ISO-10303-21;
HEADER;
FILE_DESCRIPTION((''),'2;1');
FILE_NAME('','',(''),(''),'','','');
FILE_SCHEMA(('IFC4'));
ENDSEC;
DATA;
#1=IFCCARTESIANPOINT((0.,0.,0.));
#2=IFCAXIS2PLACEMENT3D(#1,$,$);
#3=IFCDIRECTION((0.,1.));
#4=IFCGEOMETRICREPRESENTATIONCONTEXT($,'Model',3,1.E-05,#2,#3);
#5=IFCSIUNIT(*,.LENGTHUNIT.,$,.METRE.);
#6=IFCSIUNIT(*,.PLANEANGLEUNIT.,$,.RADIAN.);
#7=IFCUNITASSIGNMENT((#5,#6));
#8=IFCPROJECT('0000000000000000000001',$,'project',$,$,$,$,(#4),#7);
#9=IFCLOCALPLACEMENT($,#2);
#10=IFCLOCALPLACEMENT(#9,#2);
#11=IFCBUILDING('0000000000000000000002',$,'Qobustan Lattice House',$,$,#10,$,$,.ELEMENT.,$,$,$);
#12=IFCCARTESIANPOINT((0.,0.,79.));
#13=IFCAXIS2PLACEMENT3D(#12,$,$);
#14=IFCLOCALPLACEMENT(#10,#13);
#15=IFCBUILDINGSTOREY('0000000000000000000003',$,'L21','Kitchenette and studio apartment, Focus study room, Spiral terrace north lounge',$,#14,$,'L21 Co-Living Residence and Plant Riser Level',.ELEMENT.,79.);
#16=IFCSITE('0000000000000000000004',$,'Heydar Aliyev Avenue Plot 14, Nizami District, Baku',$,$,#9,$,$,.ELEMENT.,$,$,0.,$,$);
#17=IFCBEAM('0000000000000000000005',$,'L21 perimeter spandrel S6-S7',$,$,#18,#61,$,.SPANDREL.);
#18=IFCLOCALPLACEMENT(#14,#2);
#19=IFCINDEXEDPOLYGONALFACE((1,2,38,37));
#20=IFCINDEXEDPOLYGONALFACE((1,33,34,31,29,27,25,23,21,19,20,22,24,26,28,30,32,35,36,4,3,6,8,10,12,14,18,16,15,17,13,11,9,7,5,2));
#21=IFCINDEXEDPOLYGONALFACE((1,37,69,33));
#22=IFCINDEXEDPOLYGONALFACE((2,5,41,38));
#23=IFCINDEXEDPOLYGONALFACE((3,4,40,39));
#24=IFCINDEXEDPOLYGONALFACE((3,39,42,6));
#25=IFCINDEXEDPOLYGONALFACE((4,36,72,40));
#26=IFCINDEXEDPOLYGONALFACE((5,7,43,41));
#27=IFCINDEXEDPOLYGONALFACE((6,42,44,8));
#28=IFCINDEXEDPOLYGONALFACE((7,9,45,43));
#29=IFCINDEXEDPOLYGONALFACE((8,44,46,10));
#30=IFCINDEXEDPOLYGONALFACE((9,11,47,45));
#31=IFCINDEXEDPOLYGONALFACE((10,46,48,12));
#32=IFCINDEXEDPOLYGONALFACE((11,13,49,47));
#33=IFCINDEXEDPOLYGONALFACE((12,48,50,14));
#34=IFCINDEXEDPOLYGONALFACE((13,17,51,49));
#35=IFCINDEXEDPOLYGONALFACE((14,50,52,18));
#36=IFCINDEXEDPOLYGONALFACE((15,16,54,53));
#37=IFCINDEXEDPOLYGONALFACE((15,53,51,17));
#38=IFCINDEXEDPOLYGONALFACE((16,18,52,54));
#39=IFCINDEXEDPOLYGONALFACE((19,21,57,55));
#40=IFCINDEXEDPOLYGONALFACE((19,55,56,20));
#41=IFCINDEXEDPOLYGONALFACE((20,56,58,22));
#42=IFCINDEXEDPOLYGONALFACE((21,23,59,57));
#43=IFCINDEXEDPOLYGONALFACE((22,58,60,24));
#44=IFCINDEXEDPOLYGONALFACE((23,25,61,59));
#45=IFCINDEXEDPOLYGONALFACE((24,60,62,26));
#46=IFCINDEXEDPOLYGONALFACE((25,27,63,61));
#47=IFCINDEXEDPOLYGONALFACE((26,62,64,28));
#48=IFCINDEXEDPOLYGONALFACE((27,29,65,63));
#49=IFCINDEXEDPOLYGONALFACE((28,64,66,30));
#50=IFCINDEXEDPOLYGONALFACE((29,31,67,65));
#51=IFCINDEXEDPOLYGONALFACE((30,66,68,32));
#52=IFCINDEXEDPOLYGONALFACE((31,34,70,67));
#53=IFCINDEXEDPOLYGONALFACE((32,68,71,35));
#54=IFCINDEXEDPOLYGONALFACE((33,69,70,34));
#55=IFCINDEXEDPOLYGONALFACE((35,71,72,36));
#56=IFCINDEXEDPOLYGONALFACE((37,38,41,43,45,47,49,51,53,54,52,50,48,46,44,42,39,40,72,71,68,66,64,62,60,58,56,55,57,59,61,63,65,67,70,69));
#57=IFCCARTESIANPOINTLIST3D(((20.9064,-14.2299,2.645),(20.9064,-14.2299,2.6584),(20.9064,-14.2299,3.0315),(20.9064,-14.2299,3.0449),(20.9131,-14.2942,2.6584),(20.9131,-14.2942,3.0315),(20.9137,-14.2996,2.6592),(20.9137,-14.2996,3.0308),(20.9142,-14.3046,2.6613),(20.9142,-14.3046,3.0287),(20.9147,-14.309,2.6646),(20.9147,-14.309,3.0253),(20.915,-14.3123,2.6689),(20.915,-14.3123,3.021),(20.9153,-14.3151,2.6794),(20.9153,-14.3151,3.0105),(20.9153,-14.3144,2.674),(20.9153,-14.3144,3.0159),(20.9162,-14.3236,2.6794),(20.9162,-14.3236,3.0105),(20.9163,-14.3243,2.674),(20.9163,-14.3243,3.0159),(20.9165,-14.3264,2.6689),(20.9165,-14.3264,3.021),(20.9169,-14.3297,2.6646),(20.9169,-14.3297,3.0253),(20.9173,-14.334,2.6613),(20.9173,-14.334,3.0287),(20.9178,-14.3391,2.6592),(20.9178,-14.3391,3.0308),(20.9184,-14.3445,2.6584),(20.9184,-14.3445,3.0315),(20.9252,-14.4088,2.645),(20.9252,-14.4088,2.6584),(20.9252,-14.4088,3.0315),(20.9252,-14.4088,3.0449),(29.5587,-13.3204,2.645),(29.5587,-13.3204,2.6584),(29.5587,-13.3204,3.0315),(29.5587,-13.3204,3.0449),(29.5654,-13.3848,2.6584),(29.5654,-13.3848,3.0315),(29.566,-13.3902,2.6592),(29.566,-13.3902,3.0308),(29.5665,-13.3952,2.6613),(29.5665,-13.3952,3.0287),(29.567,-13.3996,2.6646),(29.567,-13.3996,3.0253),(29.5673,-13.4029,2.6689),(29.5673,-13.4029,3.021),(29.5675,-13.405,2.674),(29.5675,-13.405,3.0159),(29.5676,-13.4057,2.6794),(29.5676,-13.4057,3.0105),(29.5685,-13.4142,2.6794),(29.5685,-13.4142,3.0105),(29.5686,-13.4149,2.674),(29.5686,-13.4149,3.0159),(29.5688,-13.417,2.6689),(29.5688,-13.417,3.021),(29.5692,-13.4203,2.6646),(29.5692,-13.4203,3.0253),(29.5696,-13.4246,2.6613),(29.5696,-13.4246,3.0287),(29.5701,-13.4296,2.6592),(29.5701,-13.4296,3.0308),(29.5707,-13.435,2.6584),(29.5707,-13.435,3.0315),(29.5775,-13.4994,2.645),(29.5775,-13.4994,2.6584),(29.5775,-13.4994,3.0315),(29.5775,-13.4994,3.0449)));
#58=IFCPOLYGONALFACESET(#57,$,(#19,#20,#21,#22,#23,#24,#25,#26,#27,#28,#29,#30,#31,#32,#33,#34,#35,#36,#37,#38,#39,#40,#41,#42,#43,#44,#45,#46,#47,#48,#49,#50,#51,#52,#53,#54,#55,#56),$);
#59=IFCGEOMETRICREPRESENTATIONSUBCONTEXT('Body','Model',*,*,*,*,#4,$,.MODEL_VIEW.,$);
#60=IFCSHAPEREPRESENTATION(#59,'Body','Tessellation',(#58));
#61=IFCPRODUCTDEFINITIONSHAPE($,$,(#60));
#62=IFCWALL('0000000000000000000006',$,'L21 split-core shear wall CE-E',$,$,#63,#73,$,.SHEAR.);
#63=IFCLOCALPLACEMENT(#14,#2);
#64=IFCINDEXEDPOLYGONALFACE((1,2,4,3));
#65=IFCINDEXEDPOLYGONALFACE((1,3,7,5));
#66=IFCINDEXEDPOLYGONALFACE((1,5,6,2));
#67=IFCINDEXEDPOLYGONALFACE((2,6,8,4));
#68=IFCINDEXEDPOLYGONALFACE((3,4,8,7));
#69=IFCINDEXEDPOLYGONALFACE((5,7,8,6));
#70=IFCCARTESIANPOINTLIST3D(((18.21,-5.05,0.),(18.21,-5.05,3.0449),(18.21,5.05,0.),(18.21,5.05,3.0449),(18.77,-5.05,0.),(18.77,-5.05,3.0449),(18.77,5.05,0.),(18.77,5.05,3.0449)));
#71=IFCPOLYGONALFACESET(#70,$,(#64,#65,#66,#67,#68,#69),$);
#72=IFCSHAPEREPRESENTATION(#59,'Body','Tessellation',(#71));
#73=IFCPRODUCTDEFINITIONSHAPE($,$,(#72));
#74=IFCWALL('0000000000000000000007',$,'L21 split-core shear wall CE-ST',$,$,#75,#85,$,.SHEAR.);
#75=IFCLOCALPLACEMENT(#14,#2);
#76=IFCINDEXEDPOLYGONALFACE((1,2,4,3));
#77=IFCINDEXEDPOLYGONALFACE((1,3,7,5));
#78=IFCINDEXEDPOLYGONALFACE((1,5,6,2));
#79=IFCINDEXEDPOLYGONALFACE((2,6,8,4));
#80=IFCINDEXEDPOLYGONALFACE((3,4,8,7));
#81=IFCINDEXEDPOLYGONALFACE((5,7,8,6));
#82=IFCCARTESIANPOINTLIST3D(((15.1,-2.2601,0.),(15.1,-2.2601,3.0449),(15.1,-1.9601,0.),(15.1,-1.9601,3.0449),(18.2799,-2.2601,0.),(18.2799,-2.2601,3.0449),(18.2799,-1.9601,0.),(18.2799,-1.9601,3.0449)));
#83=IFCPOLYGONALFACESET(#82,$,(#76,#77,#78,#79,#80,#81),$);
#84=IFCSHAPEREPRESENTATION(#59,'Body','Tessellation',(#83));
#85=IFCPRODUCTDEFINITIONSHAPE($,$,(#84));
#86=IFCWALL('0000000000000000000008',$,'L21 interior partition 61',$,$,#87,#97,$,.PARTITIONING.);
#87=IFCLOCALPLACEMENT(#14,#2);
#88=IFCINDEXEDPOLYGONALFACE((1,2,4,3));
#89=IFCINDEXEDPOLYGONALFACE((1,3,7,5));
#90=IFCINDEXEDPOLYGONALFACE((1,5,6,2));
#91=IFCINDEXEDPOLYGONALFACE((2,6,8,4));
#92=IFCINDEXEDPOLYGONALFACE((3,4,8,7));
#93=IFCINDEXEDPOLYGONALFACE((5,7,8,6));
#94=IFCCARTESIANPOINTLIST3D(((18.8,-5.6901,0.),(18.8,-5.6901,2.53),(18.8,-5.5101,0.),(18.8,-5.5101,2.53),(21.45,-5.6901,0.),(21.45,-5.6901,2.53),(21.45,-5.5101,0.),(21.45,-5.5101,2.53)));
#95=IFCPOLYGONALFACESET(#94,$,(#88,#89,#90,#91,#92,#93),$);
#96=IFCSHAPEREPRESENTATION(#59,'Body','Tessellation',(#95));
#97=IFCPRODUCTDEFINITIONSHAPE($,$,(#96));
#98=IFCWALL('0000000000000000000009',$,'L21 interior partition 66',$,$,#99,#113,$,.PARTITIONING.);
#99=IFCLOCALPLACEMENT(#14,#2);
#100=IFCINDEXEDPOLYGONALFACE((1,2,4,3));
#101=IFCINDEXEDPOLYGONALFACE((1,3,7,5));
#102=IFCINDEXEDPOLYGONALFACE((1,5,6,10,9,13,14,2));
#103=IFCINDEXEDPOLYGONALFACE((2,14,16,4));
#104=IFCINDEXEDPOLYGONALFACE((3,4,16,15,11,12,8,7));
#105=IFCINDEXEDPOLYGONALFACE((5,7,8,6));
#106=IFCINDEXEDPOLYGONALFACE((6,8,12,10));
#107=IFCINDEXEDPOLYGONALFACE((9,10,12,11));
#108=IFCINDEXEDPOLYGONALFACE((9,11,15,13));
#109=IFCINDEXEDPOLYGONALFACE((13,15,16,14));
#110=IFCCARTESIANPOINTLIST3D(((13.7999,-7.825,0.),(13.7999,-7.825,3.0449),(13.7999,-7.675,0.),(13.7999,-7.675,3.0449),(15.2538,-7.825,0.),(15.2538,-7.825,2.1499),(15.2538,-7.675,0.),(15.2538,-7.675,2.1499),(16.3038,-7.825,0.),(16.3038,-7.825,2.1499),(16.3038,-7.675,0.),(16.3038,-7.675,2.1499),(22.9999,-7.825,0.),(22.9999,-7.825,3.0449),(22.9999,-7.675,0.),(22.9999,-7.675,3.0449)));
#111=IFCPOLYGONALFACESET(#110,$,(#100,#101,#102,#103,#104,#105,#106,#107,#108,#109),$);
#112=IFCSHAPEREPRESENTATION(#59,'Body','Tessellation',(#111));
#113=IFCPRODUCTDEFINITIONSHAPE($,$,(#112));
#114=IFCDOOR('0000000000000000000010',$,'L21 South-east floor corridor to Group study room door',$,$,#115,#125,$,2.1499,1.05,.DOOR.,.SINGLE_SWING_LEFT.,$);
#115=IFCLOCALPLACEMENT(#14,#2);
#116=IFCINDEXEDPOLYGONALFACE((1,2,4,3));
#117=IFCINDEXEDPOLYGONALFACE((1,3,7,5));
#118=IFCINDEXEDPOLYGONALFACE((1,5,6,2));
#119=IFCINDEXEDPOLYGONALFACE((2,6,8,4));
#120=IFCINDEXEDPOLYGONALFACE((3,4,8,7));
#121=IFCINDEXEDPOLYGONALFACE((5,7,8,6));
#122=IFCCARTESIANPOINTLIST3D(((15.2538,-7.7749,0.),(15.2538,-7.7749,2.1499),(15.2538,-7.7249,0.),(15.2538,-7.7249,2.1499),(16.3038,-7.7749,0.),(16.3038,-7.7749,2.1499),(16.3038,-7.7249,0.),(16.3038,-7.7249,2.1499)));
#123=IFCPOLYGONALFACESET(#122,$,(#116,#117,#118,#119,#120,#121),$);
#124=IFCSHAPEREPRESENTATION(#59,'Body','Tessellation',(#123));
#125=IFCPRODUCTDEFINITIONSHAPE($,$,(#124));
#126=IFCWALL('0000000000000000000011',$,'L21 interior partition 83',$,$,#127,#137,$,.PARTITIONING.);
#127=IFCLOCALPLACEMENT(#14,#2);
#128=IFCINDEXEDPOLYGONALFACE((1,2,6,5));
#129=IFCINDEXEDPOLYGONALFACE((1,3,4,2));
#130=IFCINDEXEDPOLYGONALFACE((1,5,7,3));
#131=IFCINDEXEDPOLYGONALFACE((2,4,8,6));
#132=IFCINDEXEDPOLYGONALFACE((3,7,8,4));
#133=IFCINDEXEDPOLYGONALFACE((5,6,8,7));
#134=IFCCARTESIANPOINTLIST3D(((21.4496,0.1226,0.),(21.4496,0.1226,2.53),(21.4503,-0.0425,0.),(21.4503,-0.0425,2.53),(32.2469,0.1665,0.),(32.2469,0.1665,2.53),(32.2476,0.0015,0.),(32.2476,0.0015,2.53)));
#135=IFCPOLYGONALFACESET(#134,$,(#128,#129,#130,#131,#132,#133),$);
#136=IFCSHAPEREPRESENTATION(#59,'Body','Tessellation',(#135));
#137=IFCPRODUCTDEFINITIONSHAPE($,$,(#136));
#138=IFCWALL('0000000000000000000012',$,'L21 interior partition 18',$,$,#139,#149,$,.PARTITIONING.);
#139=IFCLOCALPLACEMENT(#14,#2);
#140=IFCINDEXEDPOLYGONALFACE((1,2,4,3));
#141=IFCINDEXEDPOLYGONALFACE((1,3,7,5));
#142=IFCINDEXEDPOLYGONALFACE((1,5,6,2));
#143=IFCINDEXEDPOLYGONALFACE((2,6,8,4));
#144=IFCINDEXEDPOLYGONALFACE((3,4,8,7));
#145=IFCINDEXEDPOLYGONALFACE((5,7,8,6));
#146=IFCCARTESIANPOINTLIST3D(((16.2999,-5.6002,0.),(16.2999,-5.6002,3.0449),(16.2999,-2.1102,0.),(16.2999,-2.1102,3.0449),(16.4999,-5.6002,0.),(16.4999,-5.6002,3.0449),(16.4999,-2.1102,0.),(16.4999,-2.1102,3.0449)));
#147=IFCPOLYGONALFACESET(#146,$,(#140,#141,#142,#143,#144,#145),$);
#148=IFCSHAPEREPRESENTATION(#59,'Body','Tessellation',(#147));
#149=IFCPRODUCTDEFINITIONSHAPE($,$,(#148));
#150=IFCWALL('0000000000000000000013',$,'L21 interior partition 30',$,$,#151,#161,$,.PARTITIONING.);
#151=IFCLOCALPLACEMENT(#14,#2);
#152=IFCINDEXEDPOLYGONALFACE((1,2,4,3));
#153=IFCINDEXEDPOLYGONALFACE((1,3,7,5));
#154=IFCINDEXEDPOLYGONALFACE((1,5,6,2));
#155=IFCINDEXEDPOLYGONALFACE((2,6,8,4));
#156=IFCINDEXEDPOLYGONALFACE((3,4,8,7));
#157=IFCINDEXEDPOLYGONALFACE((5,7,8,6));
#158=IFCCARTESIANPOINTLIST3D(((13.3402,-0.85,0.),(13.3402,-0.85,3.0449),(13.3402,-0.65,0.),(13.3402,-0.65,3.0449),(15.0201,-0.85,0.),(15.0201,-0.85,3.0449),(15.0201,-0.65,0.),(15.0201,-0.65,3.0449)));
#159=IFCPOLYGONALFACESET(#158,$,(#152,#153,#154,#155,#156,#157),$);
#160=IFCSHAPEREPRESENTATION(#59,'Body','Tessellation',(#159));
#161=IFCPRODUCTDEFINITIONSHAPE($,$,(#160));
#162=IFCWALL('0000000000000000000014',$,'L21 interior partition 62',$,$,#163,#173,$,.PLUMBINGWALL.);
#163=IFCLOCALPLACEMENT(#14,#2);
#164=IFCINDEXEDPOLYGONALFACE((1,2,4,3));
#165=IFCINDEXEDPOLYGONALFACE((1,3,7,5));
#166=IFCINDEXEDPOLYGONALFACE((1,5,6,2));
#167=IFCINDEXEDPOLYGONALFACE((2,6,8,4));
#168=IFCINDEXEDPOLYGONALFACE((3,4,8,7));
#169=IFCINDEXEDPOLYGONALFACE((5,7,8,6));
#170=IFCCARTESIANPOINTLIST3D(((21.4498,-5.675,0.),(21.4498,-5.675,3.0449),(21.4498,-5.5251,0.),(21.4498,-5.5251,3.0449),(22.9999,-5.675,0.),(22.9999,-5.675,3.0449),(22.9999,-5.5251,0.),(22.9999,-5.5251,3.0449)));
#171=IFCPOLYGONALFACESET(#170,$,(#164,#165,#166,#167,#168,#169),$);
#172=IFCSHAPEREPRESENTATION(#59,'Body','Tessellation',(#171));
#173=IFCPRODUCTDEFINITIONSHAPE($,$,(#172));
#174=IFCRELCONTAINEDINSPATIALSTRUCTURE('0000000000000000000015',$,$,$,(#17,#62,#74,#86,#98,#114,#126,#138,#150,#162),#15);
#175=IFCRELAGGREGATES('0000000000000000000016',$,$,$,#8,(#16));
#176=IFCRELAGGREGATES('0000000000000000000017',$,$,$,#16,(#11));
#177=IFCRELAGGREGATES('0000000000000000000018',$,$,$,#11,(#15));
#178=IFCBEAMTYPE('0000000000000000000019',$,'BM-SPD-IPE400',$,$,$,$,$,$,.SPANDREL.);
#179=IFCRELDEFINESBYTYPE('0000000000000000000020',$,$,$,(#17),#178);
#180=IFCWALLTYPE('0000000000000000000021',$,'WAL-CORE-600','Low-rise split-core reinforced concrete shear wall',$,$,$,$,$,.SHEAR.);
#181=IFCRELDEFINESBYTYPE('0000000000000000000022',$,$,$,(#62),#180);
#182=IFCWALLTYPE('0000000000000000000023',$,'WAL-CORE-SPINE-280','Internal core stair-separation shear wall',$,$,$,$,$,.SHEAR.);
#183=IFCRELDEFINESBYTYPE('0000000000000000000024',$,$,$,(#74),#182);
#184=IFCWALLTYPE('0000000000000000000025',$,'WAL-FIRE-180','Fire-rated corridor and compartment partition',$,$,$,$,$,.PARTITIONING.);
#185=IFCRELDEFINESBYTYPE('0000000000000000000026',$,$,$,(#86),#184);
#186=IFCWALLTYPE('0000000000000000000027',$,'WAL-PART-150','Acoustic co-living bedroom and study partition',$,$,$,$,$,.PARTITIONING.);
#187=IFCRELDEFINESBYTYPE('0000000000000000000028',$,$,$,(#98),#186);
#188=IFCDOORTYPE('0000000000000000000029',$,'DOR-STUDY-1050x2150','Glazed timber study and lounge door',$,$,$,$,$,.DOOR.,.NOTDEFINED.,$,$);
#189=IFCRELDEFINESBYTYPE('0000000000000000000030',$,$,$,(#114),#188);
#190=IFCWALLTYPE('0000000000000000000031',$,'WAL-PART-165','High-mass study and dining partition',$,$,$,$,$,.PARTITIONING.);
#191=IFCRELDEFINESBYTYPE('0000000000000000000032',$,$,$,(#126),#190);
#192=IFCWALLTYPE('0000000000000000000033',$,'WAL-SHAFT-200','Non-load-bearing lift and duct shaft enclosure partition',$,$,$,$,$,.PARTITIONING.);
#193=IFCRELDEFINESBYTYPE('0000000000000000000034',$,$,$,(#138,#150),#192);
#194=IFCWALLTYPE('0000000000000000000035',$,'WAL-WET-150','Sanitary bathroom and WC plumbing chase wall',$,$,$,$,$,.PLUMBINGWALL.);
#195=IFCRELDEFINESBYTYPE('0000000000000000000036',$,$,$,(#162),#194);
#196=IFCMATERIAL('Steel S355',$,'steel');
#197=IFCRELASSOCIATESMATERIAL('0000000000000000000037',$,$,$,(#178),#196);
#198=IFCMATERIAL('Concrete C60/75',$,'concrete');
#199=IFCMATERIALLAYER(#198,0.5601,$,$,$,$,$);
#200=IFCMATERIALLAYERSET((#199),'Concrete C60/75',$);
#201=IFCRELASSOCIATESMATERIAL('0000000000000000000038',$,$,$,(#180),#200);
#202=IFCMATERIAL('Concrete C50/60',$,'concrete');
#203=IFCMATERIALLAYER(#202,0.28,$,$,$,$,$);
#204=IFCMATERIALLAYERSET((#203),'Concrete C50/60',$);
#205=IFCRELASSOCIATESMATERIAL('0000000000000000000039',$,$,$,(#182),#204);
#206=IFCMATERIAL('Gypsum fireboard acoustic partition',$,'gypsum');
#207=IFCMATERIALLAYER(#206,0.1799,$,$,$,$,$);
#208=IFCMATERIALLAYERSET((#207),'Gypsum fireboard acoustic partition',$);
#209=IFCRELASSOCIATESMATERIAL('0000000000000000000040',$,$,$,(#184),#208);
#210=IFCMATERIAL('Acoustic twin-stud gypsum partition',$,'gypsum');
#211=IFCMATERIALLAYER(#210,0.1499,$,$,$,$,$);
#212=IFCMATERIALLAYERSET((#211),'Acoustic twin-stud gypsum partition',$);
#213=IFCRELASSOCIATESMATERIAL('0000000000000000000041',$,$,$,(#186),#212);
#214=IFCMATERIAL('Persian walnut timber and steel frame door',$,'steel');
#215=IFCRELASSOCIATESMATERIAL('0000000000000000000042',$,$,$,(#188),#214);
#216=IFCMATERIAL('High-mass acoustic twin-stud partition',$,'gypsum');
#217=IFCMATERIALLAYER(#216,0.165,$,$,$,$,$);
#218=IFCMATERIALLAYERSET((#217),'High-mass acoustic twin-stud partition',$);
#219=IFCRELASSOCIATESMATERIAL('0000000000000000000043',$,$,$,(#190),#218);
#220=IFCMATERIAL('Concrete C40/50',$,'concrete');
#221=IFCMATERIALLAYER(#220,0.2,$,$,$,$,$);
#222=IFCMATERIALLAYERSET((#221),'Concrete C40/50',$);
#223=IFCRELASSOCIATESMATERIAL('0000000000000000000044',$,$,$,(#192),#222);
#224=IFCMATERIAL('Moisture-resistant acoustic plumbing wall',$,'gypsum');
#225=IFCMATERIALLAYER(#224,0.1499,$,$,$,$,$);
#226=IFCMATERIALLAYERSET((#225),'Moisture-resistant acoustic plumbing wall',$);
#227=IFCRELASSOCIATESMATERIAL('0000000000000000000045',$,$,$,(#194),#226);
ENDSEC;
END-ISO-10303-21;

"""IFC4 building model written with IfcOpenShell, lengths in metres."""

from ifc_helpers import new_model, si_unit, direction, frame, frame_2d, origin, origin_2d, place, context, subcontext, project, spatial, rectangle, i_section, extrude, material, layer, layer_set, material_profile, profile_set, type_object, element, fill, save


model = new_model("IFC4")

# Units and contexts
model_context = context("Model", 3, precision=1e-05, world=origin(), true_north=direction((0.0, 1.0)))
body_context = subcontext(model_context, "Body", "Model", "MODEL_VIEW")
ifc_project = project(units=[si_unit("LENGTHUNIT", "METRE"), si_unit("PLANEANGLEUNIT", "RADIAN")], contexts=[model_context])

# Site, building, storey
site_placement = place(None, origin())
site = spatial("IfcSite", under=ifc_project, at=site_placement, Name="Heydar Aliyev Avenue Plot 14, Nizami District, Baku", CompositionType="ELEMENT", RefElevation=0.0)
building_placement = place(site_placement, origin())
building = spatial("IfcBuilding", under=site, at=building_placement, Name="Qobustan Lattice House", CompositionType="ELEMENT")
storey_placement = place(building_placement, frame((0.0, 0.0, 79.0)))
storey = spatial("IfcBuildingStorey", under=building, at=storey_placement, Name="L21", Description="Kitchenette and studio apartment, Focus study room, Spiral terrace north lounge", LongName="L21 Co-Living Residence and Plant Riser Level", CompositionType="ELEMENT", Elevation=79.0)

# Beam
ifc_material_1 = material(Name="Steel S355", Category="steel")
ifc_material_profile_1 = material_profile(ifc_material_1, i_section(OverallWidth=0.1799, OverallDepth=0.3999, WebThickness=0.0085, FlangeThickness=0.0134, FilletRadius=0.021, at=origin_2d()), Name="IPE400")
ifc_profile_set_1 = profile_set([ifc_material_profile_1], Name="Steel S355")
beam_type_1 = type_object("IfcBeamType", Name="BM-SPD-IPE400", PredefinedType="SPANDREL", material=ifc_profile_set_1)
beam_1_placement = place(storey_placement, frame((20.9158, -14.3193, 2.845), z_axis=(0.994522, 0.104531, 0.0), x_axis=(-0.104531, 0.994522, 0.0)))
element("IfcBeam", 1, at=beam_1_placement, inside=storey, type_object=beam_type_1, Name="L21 perimeter spandrel S6-S7", PredefinedType="SPANDREL", context=body_context, shape_type="SweptSolid", body=[
    extrude(i_section(OverallWidth=0.1799, OverallDepth=0.3999, WebThickness=0.0085, FlangeThickness=0.0134, FilletRadius=0.021, at=origin_2d()), origin(), (0.0, 0.0, 1.0), 8.7),
])

# Walls
ifc_material_2 = material(Name="Concrete C60/75", Category="concrete")
ifc_layer_1 = layer(ifc_material_2, 0.5601)
ifc_layer_set_1 = layer_set([ifc_layer_1], Name="Concrete C60/75")
wall_type_1 = type_object("IfcWallType", Name="WAL-CORE-600", Description="Low-rise split-core reinforced concrete shear wall", PredefinedType="SHEAR", material=ifc_layer_set_1)
wall_1_placement = place(storey_placement, frame((18.49, -5.05, 0.0), z_axis=(0.0, 0.0, 1.0), x_axis=(0.0, 1.0, 0.0)))
element("IfcWall", 2, at=wall_1_placement, inside=storey, type_object=wall_type_1, Name="L21 split-core shear wall CE-E", PredefinedType="SHEAR", context=body_context, shape_type="SweptSolid", body=[
    extrude(rectangle(XDim=10.1001, YDim=0.5601, at=frame_2d((5.05, 0.0))), origin(), (0.0, 0.0, 1.0), 3.0449),
])
ifc_material_3 = material(Name="Concrete C50/60", Category="concrete")
ifc_layer_2 = layer(ifc_material_3, 0.28)
ifc_layer_set_2 = layer_set([ifc_layer_2], Name="Concrete C50/60")
wall_type_2 = type_object("IfcWallType", Name="WAL-CORE-SPINE-280", Description="Internal core stair-separation shear wall", PredefinedType="SHEAR", material=ifc_layer_set_2)
wall_2_placement = place(storey_placement, frame((15.1001, -2.1101, 0.0), z_axis=(0.0, 0.0, 1.0), x_axis=(1.0, 0.0, 0.0)))
element("IfcWall", 3, at=wall_2_placement, inside=storey, type_object=wall_type_2, Name="L21 split-core shear wall CE-ST", PredefinedType="SHEAR", context=body_context, shape_type="SweptSolid", body=[
    extrude(rectangle(XDim=3.1799, YDim=0.3, at=frame_2d((1.5898, 0.0))), origin(), (0.0, 0.0, 1.0), 3.0449),
])
ifc_material_4 = material(Name="Gypsum fireboard acoustic partition", Category="gypsum")
ifc_layer_3 = layer(ifc_material_4, 0.1799)
ifc_layer_set_3 = layer_set([ifc_layer_3], Name="Gypsum fireboard acoustic partition")
wall_type_3 = type_object("IfcWallType", Name="WAL-FIRE-180", Description="Fire-rated corridor and compartment partition", PredefinedType="PARTITIONING", material=ifc_layer_set_3)
wall_3_placement = place(storey_placement, frame((18.8, -5.6001, 0.0), z_axis=(0.0, 0.0, 1.0), x_axis=(1.0, 0.0, 0.0)))
element("IfcWall", 4, at=wall_3_placement, inside=storey, type_object=wall_type_3, Name="L21 interior partition 61", PredefinedType="PARTITIONING", context=body_context, shape_type="SweptSolid", body=[
    extrude(rectangle(XDim=2.6499, YDim=0.1799, at=frame_2d((1.325, 0.0))), origin(), (0.0, 0.0, 1.0), 2.53),
])

# Wall, opening, door
ifc_material_5 = material(Name="Acoustic twin-stud gypsum partition", Category="gypsum")
ifc_layer_4 = layer(ifc_material_5, 0.1499)
ifc_layer_set_4 = layer_set([ifc_layer_4], Name="Acoustic twin-stud gypsum partition")
wall_type_4 = type_object("IfcWallType", Name="WAL-PART-150", Description="Acoustic co-living bedroom and study partition", PredefinedType="PARTITIONING", material=ifc_layer_set_4)
wall_4_placement = place(storey_placement, frame((23.0, -7.75, 0.0), z_axis=(0.0, 0.0, 1.0), x_axis=(-1.0, 0.0, 0.0)))
wall_4 = element("IfcWall", 5, at=wall_4_placement, inside=storey, type_object=wall_type_4, Name="L21 interior partition 66", PredefinedType="PARTITIONING", context=body_context, shape_type="SweptSolid", body=[
    extrude(rectangle(XDim=9.2, YDim=0.1499, at=frame_2d((4.6001, 0.0))), origin(), (0.0, 0.0, 1.0), 3.0449),
])
opening_1_placement = place(wall_4_placement, frame((6.6963, 0.0, 0.0)))
opening_1 = element("IfcOpeningElement", 6, at=opening_1_placement, cuts=wall_4, PredefinedType="OPENING", context=body_context, shape_type="SweptSolid", body=[
    extrude(rectangle(XDim=1.05, YDim=2.1499, at=frame_2d((0.5249, 1.075))), frame((0.0, 0.085, 0.0), z_axis=(0.0, -1.0, 0.0), x_axis=(1.0, 0.0, 0.0)), (0.0, 0.0, 1.0), 0.1699),
])
ifc_material_6 = material(Name="Persian walnut timber and steel frame door", Category="steel")
door_type_1 = type_object("IfcDoorType", Name="DOR-STUDY-1050x2150", Description="Glazed timber study and lounge door", OperationType="NOTDEFINED", PredefinedType="DOOR", material=ifc_material_6)
door_1_placement = place(opening_1_placement, origin())
door_1 = element("IfcDoor", 7, at=door_1_placement, inside=storey, type_object=door_type_1, Name="L21 South-east floor corridor to Group study room door", OperationType="SINGLE_SWING_LEFT", OverallHeight=2.1499, OverallWidth=1.05, PredefinedType="DOOR", context=body_context, shape_type="SweptSolid", body=[
    extrude(rectangle(XDim=1.05, YDim=2.1499, at=frame_2d((0.5249, 1.075))), frame((0.0, 0.0249, 0.0), z_axis=(0.0, -1.0, 0.0), x_axis=(1.0, 0.0, 0.0)), (0.0, 0.0, 1.0), 0.05),
])
fill(opening_1, door_1)
ifc_material_7 = material(Name="High-mass acoustic twin-stud partition", Category="gypsum")
ifc_layer_5 = layer(ifc_material_7, 0.165)
ifc_layer_set_5 = layer_set([ifc_layer_5], Name="High-mass acoustic twin-stud partition")
wall_type_5 = type_object("IfcWallType", Name="WAL-PART-165", Description="High-mass study and dining partition", PredefinedType="PARTITIONING", material=ifc_layer_set_5)

# Walls
wall_5_placement = place(storey_placement, frame((21.45, 0.04, 0.0), z_axis=(0.0, 0.0, 1.0), x_axis=(0.999992, 0.00407, 0.0)))
element("IfcWall", 8, at=wall_5_placement, inside=storey, type_object=wall_type_5, Name="L21 interior partition 83", PredefinedType="PARTITIONING", context=body_context, shape_type="SweptSolid", body=[
    extrude(rectangle(XDim=10.7974, YDim=0.165, at=frame_2d((5.3987, 0.0))), origin(), (0.0, 0.0, 1.0), 2.53),
])
ifc_material_8 = material(Name="Concrete C40/50", Category="concrete")
ifc_layer_6 = layer(ifc_material_8, 0.2)
ifc_layer_set_6 = layer_set([ifc_layer_6], Name="Concrete C40/50")
wall_type_6 = type_object("IfcWallType", Name="WAL-SHAFT-200", Description="Non-load-bearing lift and duct shaft enclosure partition", PredefinedType="PARTITIONING", material=ifc_layer_set_6)
wall_6_placement = place(storey_placement, frame((16.3999, -2.1101, 0.0), z_axis=(0.0, 0.0, 1.0), x_axis=(0.0, -1.0, 0.0)))
element("IfcWall", 9, at=wall_6_placement, inside=storey, type_object=wall_type_6, Name="L21 interior partition 18", PredefinedType="PARTITIONING", context=body_context, shape_type="SweptSolid", body=[
    extrude(rectangle(XDim=3.49, YDim=0.2, at=frame_2d((1.7451, 0.0))), origin(), (0.0, 0.0, 1.0), 3.0449),
])
wall_7_placement = place(storey_placement, frame((15.02, -0.75, 0.0), z_axis=(0.0, 0.0, 1.0), x_axis=(-1.0, 0.0, 0.0)))
element("IfcWall", 10, at=wall_7_placement, inside=storey, type_object=wall_type_6, Name="L21 interior partition 30", PredefinedType="PARTITIONING", context=body_context, shape_type="SweptSolid", body=[
    extrude(rectangle(XDim=1.6799, YDim=0.2, at=frame_2d((0.8398, 0.0))), origin(), (0.0, 0.0, 1.0), 3.0449),
])
ifc_material_9 = material(Name="Moisture-resistant acoustic plumbing wall", Category="gypsum")
ifc_layer_7 = layer(ifc_material_9, 0.1499)
ifc_layer_set_7 = layer_set([ifc_layer_7], Name="Moisture-resistant acoustic plumbing wall")
wall_type_7 = type_object("IfcWallType", Name="WAL-WET-150", Description="Sanitary bathroom and WC plumbing chase wall", PredefinedType="PLUMBINGWALL", material=ifc_layer_set_7)
wall_8_placement = place(storey_placement, frame((21.45, -5.6001, 0.0), z_axis=(0.0, 0.0, 1.0), x_axis=(1.0, 0.0, 0.0)))
element("IfcWall", 11, at=wall_8_placement, inside=storey, type_object=wall_type_7, Name="L21 interior partition 62", PredefinedType="PLUMBINGWALL", context=body_context, shape_type="SweptSolid", body=[
    extrude(rectangle(XDim=1.55, YDim=0.1499, at=frame_2d((0.7749, 0.0))), origin(), (0.0, 0.0, 1.0), 3.0449),
])

save(model, "model.ifc")
